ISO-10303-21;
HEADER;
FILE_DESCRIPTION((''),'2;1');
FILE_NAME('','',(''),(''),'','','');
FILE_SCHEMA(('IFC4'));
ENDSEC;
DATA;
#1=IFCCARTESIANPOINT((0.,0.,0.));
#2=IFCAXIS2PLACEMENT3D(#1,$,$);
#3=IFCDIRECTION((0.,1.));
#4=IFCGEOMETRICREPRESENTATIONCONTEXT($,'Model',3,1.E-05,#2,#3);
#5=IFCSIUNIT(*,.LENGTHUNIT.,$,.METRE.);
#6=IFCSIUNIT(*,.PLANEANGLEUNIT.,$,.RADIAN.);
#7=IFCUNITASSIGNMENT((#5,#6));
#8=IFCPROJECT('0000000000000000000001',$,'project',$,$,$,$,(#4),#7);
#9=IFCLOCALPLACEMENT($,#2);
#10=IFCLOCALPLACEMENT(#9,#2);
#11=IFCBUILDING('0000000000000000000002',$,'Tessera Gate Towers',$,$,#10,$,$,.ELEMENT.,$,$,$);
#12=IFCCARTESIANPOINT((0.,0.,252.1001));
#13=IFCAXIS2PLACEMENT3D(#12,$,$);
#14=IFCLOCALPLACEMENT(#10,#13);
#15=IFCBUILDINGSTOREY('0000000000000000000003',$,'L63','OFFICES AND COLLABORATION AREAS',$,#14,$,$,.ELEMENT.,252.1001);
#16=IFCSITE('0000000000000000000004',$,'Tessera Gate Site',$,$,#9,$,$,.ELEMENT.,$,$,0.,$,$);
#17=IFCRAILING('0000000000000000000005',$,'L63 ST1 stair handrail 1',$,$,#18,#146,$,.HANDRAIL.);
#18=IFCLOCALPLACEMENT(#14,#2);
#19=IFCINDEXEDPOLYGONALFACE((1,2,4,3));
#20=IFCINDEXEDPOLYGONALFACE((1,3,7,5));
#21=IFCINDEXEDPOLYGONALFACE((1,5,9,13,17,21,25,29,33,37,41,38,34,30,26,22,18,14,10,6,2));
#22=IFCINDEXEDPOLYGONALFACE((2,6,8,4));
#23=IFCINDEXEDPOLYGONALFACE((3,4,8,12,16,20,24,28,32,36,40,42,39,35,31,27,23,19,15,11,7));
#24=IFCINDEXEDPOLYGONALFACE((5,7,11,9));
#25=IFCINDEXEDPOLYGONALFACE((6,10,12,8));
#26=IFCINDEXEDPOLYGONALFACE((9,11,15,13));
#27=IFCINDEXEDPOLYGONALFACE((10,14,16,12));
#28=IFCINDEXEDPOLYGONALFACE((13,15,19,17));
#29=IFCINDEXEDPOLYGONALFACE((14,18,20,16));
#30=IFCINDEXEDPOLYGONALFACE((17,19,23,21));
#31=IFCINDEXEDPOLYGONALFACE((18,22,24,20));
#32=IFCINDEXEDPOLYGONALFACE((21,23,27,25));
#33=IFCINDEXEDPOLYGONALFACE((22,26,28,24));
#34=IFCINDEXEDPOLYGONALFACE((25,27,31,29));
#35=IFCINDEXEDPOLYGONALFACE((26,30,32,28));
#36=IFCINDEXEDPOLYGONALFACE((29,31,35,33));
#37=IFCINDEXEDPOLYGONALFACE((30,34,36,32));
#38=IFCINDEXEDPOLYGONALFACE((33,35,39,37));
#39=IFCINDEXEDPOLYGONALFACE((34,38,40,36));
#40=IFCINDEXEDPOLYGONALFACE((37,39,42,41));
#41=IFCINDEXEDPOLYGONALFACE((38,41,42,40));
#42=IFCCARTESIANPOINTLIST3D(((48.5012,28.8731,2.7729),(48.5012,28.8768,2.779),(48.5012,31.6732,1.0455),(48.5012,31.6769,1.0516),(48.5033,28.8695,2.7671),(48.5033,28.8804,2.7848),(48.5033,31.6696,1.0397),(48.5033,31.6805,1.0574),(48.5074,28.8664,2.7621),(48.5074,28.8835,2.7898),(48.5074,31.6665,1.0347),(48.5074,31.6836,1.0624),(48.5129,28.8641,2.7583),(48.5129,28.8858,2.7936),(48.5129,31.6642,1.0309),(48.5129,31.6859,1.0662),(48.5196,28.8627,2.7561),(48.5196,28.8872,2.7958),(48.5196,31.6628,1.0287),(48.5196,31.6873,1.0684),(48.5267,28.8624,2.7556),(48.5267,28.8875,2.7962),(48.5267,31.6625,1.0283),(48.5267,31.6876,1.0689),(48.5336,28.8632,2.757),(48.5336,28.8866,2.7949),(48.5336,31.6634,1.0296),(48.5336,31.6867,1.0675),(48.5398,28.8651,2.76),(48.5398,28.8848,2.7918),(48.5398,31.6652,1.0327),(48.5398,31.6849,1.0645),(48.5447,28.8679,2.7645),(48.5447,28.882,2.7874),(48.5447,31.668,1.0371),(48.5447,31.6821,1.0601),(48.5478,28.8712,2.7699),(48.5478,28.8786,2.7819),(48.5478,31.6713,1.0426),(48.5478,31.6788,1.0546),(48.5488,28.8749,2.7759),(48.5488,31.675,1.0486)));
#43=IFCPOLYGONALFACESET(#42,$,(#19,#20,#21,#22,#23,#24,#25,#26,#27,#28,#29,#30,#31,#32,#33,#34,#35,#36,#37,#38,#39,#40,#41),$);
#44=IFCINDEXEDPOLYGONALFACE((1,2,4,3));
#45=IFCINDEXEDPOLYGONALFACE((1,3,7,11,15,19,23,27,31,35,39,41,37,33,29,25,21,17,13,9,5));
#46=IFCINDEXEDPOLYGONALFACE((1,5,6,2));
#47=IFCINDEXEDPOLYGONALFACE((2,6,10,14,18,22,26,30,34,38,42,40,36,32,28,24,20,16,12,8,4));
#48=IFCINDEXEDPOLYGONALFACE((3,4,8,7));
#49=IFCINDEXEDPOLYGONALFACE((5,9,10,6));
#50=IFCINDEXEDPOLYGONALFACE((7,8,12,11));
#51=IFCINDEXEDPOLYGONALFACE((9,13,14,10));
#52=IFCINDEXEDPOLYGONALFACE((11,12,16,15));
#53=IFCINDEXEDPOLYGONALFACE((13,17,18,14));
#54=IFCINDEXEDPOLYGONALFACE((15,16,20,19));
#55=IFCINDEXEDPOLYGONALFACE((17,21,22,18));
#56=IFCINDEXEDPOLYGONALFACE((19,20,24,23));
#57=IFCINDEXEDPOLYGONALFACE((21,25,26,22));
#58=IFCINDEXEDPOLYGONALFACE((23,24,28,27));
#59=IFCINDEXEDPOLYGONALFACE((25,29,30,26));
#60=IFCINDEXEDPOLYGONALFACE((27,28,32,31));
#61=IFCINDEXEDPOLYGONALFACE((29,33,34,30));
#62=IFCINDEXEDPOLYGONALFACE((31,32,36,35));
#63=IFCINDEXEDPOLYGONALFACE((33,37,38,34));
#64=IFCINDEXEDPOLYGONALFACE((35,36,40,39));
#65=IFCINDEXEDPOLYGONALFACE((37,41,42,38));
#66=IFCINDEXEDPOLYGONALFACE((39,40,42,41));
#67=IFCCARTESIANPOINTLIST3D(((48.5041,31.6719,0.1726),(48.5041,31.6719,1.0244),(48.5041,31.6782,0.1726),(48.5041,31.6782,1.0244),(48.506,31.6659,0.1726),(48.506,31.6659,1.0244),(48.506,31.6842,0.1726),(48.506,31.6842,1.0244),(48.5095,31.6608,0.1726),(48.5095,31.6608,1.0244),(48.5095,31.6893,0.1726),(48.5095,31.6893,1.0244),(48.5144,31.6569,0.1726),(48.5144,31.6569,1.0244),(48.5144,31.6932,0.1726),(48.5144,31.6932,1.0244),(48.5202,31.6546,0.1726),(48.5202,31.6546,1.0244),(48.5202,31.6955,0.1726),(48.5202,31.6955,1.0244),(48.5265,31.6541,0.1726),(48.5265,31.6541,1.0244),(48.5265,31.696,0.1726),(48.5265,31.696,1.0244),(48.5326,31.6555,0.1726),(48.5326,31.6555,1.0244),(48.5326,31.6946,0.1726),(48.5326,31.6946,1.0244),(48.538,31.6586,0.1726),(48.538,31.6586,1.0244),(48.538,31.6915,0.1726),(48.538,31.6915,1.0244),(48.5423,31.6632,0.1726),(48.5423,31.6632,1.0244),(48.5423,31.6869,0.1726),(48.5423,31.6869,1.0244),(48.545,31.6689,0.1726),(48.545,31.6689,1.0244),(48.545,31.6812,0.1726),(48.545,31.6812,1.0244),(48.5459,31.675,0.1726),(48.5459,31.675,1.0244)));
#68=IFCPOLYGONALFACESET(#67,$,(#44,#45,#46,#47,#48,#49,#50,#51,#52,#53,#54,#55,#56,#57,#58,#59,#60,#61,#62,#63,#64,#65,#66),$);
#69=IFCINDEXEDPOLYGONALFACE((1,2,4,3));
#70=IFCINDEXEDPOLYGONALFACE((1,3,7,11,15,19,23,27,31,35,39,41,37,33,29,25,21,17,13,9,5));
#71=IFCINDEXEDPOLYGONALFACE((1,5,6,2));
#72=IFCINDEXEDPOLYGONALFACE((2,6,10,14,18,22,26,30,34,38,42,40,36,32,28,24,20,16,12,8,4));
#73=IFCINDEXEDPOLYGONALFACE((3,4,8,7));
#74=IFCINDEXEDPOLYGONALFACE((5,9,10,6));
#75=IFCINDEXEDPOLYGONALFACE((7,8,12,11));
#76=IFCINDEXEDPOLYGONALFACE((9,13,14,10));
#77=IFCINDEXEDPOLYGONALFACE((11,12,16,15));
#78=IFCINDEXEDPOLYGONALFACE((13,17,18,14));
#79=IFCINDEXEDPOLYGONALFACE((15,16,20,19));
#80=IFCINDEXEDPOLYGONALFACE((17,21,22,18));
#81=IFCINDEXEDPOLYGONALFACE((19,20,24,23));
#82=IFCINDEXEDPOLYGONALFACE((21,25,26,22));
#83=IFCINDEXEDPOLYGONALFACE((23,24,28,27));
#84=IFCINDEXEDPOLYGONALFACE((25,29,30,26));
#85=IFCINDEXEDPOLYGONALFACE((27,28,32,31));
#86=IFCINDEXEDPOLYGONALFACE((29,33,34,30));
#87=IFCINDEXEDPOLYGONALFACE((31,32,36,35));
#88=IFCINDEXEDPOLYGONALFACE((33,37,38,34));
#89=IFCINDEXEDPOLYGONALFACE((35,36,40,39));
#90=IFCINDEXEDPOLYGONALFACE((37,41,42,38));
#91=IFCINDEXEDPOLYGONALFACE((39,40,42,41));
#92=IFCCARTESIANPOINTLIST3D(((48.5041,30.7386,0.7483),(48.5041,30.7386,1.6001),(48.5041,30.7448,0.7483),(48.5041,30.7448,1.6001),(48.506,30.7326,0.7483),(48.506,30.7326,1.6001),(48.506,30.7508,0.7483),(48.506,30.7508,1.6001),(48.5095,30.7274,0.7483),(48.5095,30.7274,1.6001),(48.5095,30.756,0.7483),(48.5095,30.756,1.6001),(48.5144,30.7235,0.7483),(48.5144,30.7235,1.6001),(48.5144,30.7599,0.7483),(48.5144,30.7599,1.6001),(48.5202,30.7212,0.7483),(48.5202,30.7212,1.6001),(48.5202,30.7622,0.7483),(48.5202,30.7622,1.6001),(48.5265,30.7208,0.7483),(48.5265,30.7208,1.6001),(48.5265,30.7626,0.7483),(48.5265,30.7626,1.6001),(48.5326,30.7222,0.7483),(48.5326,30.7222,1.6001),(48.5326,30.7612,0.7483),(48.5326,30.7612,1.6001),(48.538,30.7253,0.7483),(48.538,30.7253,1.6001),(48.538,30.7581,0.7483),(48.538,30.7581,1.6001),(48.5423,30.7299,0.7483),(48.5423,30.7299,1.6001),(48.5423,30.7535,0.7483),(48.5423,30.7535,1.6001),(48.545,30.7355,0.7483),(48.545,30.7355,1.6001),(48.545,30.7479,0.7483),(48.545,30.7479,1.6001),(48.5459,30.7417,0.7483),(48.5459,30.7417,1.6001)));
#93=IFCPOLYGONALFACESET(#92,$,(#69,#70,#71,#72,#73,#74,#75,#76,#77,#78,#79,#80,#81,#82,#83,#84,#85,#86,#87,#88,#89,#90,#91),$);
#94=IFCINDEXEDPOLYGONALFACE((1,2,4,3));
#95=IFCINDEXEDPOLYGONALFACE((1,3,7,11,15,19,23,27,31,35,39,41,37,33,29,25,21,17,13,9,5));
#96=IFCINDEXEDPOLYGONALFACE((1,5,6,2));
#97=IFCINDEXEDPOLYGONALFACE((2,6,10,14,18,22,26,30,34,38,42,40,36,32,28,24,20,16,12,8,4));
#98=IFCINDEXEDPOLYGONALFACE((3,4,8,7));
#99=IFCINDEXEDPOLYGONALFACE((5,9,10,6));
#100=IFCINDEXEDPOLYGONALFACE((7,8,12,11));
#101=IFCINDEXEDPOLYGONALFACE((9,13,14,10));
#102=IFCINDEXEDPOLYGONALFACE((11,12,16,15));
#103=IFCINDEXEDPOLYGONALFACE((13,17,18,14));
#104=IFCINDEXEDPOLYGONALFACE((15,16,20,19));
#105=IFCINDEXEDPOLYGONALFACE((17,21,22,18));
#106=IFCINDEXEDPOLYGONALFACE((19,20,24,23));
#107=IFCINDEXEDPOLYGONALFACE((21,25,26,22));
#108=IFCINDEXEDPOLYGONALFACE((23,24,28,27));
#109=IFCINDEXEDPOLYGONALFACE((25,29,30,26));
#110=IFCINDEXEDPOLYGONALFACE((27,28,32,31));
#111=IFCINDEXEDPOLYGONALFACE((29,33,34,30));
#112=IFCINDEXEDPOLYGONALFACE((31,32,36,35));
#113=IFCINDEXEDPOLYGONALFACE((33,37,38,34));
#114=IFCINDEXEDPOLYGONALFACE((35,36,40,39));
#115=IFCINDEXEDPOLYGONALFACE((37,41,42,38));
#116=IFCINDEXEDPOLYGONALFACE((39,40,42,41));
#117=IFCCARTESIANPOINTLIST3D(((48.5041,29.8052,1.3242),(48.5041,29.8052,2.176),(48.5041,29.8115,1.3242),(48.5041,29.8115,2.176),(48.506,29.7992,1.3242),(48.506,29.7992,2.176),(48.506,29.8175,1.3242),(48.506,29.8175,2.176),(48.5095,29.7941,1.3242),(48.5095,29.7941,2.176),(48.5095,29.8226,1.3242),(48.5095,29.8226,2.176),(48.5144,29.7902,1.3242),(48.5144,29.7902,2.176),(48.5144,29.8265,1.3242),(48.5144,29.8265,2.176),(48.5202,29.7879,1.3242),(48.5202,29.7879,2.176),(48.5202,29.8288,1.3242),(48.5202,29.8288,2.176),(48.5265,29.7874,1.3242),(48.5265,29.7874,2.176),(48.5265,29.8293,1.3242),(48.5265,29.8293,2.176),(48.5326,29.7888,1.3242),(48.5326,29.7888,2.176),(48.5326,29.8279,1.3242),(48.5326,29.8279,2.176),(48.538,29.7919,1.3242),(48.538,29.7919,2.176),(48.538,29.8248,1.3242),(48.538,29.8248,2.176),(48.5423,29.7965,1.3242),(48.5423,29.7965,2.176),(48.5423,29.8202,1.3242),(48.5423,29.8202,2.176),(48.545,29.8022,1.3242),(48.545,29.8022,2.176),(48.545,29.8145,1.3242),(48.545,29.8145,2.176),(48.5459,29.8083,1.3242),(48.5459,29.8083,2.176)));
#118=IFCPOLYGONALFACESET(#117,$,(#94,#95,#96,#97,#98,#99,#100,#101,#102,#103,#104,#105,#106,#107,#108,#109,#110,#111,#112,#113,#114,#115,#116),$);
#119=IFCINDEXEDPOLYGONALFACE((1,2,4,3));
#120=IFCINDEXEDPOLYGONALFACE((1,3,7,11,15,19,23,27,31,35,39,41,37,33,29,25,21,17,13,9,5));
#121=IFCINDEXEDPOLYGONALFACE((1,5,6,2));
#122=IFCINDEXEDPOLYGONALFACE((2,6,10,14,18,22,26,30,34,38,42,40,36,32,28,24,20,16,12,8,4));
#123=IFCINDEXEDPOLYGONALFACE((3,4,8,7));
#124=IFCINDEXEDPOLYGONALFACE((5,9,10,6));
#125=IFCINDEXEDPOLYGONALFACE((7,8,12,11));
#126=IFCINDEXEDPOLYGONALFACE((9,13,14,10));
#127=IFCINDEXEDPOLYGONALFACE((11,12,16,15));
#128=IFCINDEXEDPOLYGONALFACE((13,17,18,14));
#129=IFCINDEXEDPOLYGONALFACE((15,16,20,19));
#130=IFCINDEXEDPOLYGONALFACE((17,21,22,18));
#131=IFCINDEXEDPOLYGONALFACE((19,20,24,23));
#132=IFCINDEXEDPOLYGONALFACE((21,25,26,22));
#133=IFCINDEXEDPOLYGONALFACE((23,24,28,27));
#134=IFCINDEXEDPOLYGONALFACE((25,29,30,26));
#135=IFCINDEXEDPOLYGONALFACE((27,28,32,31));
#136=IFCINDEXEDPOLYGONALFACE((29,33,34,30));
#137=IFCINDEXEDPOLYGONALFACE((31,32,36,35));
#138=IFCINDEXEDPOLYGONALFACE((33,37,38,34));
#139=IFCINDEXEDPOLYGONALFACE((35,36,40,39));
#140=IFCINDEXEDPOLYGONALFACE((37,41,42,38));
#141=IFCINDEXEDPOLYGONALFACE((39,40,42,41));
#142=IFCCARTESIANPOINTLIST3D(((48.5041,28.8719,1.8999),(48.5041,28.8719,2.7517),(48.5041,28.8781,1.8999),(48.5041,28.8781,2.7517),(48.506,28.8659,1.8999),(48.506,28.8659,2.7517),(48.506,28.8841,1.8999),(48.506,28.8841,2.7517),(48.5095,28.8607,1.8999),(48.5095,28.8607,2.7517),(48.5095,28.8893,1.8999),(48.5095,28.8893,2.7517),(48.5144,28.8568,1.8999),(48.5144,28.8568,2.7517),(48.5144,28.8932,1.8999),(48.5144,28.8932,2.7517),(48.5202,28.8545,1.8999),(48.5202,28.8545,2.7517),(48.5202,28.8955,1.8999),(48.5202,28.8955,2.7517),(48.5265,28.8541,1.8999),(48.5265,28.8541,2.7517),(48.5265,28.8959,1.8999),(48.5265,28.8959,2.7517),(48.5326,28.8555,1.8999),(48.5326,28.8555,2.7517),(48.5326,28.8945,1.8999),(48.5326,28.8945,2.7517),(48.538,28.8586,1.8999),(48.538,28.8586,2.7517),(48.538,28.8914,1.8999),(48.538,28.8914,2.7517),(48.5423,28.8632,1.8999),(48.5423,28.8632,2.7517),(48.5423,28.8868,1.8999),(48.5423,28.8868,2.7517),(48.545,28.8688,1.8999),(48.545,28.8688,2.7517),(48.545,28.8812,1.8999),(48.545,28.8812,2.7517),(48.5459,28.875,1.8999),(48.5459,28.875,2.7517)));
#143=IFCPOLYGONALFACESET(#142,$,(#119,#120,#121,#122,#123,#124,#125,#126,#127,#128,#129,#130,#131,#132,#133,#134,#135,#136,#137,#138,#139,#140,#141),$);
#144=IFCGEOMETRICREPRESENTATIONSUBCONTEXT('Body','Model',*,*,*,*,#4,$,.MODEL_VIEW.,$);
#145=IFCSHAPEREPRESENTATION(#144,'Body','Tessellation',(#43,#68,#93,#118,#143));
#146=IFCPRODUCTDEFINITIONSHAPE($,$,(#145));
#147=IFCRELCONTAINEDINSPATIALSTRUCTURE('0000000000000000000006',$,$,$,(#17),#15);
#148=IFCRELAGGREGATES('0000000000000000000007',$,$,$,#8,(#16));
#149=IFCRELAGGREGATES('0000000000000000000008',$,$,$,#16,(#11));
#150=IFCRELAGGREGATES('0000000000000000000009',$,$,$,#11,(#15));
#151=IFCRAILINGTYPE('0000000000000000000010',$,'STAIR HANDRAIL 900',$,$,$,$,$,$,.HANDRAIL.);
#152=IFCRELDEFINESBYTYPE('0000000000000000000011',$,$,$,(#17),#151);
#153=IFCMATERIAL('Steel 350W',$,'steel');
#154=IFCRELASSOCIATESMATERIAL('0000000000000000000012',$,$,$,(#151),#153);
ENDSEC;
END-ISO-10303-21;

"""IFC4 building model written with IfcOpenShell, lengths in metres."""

from ifc_helpers import new_model, si_unit, direction, frame, origin, origin_2d, place, context, subcontext, project, spatial, circle, extrude, material, type_object, element, save


model = new_model("IFC4")

# Units and contexts
model_context = context("Model", 3, precision=1e-05, world=origin(), true_north=direction((0.0, 1.0)))
body_context = subcontext(model_context, "Body", "Model", "MODEL_VIEW")
ifc_project = project(units=[si_unit("LENGTHUNIT", "METRE"), si_unit("PLANEANGLEUNIT", "RADIAN")], contexts=[model_context])

# Site, building, storey
site_placement = place(None, origin())
site = spatial("IfcSite", under=ifc_project, at=site_placement, Name="Tessera Gate Site", CompositionType="ELEMENT", RefElevation=0.0)
building_placement = place(site_placement, origin())
building = spatial("IfcBuilding", under=site, at=building_placement, Name="Tessera Gate Towers", CompositionType="ELEMENT")
storey_placement = place(building_placement, frame((0.0, 0.0, 252.1001)))
storey = spatial("IfcBuildingStorey", under=building, at=storey_placement, Name="L63", Description="OFFICES AND COLLABORATION AREAS", CompositionType="ELEMENT", Elevation=252.1001)

# Railing
ifc_material_1 = material(Name="Steel 350W", Category="steel")
railing_type = type_object("IfcRailingType", Name="STAIR HANDRAIL 900", PredefinedType="HANDRAIL", material=ifc_material_1)
railing_placement = place(storey_placement, frame((48.5249, 31.675, 0.1726)))
element("IfcRailing", 1, at=railing_placement, inside=storey, type_object=railing_type, Name="L63 ST1 stair handrail 1", PredefinedType="HANDRAIL", context=body_context, shape_type="SweptSolid", body=[
    extrude(circle(Radius=0.0239, at=origin_2d()), frame((0.0, 0.0, 0.876), z_axis=(0.0, -0.85109, 0.52502), x_axis=(1.0, 0.0, 0.0)), (0.0, 0.0, 1.0), 3.29),
    extrude(circle(Radius=0.021, at=origin_2d()), origin(), (0.0, 0.0, 1.0), 0.8518),
    extrude(circle(Radius=0.021, at=origin_2d()), frame((0.0, -0.9333, 0.5757)), (0.0, 0.0, 1.0), 0.8518),
    extrude(circle(Radius=0.021, at=origin_2d()), frame((0.0, -1.8667, 1.1516)), (0.0, 0.0, 1.0), 0.8518),
    extrude(circle(Radius=0.021, at=origin_2d()), frame((0.0, -2.8, 1.7273)), (0.0, 0.0, 1.0), 0.8518),
])

save(model, "model.ifc")
